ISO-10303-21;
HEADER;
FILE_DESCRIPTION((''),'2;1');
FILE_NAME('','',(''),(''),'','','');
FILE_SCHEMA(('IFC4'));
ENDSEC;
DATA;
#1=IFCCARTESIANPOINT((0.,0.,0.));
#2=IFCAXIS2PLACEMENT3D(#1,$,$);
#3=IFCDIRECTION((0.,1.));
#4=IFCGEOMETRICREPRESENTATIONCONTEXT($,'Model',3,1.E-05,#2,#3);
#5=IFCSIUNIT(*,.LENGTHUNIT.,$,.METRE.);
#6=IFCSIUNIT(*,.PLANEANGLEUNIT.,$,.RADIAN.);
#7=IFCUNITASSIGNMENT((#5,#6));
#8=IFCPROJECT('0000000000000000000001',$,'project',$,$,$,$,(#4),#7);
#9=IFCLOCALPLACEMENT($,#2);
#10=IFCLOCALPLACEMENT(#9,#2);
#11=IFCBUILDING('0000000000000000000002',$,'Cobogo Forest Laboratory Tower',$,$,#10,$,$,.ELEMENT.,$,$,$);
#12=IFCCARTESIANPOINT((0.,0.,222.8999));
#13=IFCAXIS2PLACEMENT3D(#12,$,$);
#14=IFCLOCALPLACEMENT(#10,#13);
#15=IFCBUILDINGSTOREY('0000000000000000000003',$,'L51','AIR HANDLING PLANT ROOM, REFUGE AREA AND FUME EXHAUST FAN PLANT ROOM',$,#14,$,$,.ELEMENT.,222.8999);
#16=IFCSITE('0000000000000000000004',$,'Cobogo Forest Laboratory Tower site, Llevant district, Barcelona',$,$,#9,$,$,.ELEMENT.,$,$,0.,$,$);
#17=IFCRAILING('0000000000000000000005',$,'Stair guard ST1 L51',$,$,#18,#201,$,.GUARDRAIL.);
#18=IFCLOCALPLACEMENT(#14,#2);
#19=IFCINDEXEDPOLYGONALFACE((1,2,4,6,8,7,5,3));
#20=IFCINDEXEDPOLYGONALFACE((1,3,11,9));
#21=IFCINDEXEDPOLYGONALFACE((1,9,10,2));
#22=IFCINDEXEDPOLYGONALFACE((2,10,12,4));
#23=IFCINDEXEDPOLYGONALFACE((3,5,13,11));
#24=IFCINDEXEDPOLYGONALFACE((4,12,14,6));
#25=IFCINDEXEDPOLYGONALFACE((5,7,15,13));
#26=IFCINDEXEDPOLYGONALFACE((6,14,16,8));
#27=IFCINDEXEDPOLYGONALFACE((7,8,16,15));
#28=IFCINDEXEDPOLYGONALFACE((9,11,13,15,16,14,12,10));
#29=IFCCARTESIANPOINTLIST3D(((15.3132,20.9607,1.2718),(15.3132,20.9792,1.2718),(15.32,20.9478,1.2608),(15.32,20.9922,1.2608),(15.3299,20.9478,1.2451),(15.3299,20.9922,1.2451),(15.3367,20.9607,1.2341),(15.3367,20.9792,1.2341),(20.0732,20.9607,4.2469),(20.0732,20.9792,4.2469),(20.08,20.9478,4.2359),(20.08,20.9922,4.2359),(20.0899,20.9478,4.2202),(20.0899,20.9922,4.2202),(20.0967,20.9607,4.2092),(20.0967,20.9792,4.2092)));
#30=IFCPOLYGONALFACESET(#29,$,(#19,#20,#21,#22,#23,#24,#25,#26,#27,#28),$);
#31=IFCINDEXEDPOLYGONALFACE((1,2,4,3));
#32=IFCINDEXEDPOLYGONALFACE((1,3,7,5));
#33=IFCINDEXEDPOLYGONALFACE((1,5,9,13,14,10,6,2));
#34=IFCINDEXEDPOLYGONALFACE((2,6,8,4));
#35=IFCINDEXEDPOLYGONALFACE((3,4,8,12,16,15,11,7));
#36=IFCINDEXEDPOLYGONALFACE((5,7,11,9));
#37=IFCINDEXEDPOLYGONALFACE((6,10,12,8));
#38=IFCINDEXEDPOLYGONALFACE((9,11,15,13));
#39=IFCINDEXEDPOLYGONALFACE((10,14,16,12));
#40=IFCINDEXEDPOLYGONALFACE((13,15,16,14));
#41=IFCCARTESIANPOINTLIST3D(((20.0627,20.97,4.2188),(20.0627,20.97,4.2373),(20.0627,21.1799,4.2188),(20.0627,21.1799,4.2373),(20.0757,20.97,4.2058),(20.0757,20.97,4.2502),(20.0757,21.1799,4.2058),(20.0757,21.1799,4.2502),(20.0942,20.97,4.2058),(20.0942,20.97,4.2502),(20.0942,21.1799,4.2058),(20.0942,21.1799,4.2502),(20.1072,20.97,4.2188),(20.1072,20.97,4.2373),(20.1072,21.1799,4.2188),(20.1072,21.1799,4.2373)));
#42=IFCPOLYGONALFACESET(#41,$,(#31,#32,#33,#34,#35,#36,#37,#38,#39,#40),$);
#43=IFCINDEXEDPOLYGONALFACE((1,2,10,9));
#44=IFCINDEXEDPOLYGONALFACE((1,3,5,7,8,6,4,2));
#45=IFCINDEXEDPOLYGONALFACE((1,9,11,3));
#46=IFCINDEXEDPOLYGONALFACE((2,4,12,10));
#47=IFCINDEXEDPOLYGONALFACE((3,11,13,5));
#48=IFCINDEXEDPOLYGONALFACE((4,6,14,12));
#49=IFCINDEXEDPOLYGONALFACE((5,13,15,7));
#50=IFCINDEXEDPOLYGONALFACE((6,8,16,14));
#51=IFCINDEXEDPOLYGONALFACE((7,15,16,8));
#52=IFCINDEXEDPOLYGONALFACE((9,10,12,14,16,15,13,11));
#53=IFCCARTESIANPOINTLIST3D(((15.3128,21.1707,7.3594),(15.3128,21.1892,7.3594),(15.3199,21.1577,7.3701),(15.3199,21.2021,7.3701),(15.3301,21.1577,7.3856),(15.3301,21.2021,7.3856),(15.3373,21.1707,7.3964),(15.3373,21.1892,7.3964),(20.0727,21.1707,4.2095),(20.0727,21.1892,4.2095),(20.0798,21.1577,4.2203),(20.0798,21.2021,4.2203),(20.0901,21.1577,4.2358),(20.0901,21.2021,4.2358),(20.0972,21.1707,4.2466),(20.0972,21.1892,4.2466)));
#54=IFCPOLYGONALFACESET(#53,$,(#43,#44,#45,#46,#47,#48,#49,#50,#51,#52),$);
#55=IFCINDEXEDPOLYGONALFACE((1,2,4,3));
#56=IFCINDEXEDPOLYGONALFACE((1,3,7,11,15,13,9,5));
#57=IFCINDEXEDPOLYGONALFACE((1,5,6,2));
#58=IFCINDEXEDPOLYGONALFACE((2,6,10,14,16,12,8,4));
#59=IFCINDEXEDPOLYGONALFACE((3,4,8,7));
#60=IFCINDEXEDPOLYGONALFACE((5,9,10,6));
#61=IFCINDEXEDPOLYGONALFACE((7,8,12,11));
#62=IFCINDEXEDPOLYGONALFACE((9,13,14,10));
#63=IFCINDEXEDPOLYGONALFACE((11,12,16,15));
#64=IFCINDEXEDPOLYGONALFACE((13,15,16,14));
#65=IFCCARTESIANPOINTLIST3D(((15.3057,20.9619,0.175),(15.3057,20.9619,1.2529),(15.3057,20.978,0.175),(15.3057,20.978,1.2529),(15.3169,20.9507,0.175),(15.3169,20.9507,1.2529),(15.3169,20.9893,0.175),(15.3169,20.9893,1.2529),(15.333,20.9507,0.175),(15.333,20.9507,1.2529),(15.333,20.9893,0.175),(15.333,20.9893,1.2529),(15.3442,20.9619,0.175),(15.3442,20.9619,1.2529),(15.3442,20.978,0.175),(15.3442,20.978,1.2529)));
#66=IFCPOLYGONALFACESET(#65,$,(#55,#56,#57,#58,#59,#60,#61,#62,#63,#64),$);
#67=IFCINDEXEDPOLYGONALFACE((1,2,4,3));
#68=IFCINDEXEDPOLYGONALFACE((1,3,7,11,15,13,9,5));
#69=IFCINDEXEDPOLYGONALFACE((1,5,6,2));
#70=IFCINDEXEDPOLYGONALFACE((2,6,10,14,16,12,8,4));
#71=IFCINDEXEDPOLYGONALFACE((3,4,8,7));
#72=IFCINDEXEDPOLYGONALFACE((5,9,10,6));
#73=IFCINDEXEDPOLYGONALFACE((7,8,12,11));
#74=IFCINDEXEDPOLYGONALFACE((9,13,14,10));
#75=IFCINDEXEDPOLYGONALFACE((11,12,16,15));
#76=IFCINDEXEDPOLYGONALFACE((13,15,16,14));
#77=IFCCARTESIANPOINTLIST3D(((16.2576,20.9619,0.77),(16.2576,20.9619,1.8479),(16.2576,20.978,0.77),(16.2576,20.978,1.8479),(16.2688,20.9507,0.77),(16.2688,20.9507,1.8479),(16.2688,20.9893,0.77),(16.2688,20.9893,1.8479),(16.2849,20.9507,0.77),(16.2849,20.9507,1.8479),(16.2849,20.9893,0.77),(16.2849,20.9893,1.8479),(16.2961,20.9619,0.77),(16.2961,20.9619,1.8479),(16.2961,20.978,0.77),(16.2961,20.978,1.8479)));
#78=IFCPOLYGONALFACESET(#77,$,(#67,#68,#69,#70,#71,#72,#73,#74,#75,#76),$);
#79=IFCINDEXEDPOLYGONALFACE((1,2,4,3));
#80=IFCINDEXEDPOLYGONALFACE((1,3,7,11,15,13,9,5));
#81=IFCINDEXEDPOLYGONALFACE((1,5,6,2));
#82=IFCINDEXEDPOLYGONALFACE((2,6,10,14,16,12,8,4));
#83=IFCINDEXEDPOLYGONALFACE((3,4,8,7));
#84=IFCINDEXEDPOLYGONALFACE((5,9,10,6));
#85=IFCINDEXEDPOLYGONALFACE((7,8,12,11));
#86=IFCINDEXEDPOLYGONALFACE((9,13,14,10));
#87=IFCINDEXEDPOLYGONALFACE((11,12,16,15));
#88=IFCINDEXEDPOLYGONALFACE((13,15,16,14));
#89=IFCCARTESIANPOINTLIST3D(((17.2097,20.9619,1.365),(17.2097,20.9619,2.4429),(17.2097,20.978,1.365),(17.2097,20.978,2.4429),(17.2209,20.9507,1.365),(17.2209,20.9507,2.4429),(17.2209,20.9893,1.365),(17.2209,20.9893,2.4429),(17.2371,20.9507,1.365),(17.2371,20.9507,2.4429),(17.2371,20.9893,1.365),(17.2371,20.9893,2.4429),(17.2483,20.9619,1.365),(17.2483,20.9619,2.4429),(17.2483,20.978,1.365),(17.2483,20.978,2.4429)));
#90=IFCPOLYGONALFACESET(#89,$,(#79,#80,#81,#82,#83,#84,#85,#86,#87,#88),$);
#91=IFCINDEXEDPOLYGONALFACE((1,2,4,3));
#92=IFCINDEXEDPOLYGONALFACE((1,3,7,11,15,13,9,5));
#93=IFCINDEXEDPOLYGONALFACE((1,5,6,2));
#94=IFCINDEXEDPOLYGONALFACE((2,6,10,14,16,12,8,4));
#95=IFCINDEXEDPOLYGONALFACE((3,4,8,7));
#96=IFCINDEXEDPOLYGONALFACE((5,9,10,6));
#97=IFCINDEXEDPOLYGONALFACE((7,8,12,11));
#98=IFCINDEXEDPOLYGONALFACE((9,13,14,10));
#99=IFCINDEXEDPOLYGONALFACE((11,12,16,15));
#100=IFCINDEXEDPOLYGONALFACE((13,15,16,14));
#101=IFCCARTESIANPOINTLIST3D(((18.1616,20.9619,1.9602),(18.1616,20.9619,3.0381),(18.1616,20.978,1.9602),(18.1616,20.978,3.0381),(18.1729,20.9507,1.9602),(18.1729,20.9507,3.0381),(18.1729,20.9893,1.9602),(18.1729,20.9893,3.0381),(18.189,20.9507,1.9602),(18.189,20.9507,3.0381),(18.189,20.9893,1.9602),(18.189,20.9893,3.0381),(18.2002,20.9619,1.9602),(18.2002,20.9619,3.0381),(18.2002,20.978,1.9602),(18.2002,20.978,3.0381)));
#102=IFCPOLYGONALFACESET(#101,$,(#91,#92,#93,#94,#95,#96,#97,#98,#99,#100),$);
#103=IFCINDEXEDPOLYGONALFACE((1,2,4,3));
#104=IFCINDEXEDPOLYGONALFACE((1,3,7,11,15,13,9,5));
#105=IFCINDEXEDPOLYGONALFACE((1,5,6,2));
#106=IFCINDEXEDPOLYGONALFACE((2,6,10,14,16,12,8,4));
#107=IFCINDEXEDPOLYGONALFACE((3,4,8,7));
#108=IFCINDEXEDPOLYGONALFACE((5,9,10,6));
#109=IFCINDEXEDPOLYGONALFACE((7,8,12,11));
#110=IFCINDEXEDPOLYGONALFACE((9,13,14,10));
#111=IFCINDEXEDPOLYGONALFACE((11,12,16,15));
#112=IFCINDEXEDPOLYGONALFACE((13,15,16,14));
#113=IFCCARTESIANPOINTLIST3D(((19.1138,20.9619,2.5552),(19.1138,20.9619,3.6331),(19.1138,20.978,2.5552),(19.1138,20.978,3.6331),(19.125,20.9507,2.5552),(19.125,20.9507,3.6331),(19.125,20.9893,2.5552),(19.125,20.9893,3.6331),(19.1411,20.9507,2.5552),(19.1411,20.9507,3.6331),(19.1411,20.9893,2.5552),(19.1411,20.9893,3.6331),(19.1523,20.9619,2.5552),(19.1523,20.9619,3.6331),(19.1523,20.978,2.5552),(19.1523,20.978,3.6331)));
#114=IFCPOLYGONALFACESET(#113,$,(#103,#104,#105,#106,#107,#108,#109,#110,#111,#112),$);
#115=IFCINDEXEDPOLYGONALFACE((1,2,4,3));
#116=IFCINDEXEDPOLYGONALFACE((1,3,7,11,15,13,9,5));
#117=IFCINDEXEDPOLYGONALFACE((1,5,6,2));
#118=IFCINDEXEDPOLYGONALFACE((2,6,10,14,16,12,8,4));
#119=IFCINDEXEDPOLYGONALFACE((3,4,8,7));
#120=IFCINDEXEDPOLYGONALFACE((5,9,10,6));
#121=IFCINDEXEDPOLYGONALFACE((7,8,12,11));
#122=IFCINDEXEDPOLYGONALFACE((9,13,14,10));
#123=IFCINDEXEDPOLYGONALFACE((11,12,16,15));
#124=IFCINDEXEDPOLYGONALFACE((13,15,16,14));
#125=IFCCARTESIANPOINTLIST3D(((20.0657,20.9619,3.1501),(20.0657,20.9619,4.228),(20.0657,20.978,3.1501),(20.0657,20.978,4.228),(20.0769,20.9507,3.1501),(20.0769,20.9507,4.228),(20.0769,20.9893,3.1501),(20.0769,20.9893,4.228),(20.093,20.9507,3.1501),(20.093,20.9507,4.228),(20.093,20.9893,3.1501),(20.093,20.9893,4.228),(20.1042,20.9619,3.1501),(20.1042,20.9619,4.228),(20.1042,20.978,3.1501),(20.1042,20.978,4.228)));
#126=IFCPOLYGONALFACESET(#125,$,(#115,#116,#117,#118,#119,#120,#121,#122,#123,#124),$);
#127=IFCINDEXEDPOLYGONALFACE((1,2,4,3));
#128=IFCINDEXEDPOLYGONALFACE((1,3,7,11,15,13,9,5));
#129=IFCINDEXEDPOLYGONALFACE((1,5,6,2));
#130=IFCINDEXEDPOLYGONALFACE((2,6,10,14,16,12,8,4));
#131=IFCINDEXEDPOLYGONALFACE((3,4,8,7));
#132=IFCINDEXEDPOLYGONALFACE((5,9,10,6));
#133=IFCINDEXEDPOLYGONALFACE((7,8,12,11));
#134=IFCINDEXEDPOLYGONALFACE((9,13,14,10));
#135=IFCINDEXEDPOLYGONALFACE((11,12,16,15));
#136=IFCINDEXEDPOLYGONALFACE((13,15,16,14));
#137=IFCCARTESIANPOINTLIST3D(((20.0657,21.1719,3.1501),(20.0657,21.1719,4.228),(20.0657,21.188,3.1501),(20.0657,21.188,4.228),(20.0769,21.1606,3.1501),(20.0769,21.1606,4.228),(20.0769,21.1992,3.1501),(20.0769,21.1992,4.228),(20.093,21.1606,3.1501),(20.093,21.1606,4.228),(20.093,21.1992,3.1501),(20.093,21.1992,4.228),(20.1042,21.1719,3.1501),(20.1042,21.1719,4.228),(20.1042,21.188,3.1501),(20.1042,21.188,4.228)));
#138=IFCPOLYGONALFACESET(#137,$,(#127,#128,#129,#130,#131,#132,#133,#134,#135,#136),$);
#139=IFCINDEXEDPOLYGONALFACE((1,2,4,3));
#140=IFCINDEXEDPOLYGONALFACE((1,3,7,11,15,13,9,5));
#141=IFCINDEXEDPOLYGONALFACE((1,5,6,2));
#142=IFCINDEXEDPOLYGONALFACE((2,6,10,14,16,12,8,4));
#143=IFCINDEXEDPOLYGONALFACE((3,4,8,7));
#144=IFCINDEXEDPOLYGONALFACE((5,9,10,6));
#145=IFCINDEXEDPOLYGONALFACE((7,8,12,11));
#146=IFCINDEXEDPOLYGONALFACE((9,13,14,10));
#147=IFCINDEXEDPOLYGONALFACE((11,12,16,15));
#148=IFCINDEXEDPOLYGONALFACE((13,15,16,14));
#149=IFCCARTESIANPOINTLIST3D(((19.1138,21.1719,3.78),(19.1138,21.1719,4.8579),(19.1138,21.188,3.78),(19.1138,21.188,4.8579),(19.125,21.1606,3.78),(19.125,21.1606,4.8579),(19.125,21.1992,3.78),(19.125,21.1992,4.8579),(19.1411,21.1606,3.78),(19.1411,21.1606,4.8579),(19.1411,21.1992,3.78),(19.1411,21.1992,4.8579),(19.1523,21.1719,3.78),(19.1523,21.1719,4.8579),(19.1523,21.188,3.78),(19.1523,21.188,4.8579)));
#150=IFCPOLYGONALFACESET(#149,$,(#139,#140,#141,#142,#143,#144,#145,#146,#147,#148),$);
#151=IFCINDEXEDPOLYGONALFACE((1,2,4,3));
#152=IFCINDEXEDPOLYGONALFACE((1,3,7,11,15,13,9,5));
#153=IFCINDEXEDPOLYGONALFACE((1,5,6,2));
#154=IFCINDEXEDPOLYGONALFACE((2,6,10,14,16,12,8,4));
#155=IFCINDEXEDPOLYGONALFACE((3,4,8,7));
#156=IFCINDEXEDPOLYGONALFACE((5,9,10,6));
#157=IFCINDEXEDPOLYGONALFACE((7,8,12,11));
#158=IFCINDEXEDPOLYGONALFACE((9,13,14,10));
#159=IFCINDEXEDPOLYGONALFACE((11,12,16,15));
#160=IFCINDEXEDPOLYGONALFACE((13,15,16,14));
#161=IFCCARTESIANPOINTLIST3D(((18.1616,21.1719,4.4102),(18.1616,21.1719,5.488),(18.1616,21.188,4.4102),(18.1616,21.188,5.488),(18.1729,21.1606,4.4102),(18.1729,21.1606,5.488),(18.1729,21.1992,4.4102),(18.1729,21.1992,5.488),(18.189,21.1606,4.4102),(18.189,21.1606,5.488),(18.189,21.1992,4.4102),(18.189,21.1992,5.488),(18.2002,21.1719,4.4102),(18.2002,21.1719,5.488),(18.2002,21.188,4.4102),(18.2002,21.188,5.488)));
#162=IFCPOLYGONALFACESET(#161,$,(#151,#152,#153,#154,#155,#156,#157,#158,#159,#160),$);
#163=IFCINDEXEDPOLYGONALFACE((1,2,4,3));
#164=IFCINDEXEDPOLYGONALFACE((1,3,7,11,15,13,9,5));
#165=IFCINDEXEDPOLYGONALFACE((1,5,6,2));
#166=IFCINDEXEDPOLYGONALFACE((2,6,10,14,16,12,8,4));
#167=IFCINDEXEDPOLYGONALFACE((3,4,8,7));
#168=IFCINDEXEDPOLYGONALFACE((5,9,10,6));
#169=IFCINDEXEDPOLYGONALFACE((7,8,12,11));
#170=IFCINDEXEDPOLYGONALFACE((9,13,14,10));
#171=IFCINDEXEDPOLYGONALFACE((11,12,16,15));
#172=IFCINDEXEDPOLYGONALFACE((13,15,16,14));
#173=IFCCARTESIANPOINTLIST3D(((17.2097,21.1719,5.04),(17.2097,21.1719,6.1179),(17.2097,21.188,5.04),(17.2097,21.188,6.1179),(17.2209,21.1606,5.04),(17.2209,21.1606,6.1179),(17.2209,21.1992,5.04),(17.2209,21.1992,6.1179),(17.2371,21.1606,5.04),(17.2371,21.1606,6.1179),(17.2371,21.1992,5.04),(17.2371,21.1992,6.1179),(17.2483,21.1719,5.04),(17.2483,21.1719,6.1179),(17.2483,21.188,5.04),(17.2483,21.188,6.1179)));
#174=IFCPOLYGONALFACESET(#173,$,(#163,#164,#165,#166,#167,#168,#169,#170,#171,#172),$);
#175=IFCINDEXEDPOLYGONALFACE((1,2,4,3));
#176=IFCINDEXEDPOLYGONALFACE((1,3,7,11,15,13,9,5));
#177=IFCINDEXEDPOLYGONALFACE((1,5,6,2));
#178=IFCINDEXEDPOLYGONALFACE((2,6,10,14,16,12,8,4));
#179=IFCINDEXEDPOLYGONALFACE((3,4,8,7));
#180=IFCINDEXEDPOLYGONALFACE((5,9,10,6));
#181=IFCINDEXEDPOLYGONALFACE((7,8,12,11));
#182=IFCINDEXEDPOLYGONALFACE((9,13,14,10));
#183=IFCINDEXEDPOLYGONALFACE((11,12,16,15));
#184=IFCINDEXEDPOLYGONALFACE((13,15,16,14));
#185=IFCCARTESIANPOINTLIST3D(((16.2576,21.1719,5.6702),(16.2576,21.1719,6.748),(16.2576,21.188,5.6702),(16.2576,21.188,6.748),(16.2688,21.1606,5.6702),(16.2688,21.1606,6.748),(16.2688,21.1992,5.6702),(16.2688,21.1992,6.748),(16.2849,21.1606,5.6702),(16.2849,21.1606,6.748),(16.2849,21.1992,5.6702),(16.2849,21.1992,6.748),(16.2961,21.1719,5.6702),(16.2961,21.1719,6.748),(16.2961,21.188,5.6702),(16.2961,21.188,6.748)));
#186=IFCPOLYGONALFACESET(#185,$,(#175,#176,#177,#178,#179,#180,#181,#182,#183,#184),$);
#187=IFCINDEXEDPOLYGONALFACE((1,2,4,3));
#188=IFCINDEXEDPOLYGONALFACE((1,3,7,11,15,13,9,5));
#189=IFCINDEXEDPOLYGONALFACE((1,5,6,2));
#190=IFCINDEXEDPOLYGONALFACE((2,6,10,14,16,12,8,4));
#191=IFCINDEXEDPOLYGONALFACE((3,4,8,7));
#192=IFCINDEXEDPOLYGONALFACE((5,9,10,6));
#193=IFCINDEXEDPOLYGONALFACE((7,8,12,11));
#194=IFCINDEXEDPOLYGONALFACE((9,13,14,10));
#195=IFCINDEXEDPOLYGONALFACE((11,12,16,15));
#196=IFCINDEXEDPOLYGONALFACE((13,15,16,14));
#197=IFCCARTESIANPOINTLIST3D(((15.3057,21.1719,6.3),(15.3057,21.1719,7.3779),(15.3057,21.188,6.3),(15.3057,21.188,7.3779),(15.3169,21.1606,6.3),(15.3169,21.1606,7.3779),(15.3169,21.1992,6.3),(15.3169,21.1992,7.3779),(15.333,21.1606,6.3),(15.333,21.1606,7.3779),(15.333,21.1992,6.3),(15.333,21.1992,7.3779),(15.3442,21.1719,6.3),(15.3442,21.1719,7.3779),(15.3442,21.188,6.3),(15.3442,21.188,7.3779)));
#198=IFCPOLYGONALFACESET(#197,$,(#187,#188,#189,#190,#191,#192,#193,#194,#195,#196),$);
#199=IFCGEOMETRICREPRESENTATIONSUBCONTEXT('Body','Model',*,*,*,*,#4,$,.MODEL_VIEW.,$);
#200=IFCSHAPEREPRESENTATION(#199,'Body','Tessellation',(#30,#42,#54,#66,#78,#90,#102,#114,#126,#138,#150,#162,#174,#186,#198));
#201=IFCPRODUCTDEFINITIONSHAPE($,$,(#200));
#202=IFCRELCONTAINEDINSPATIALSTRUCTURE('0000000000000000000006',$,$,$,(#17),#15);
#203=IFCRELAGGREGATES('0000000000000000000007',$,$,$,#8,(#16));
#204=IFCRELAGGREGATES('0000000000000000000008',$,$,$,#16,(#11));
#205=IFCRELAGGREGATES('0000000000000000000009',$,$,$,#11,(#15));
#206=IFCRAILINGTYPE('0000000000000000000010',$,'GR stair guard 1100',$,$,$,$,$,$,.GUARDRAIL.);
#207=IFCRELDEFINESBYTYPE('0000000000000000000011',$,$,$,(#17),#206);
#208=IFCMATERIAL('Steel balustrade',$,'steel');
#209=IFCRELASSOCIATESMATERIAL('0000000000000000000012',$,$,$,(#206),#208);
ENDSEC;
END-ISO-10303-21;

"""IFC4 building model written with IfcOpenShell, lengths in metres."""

from ifc_helpers import new_model, si_unit, direction, frame, origin, place, context, subcontext, project, spatial, polyline, outline, extrude, material, type_object, element, save


model = new_model("IFC4")

# Units and contexts
model_context = context("Model", 3, precision=1e-05, world=origin(), true_north=direction((0.0, 1.0)))
body_context = subcontext(model_context, "Body", "Model", "MODEL_VIEW")
ifc_project = project(units=[si_unit("LENGTHUNIT", "METRE"), si_unit("PLANEANGLEUNIT", "RADIAN")], contexts=[model_context])

# Site, building, storey
site_placement = place(None, origin())
site = spatial("IfcSite", under=ifc_project, at=site_placement, Name="Cobogo Forest Laboratory Tower site, Llevant district, Barcelona", CompositionType="ELEMENT", RefElevation=0.0)
building_placement = place(site_placement, origin())
building = spatial("IfcBuilding", under=site, at=building_placement, Name="Cobogo Forest Laboratory Tower", CompositionType="ELEMENT")
storey_placement = place(building_placement, frame((0.0, 0.0, 222.8999)))
storey = spatial("IfcBuildingStorey", under=building, at=storey_placement, Name="L51", Description="AIR HANDLING PLANT ROOM, REFUGE AREA AND FUME EXHAUST FAN PLANT ROOM", CompositionType="ELEMENT", Elevation=222.8999)

# Railing
ifc_material_1 = material(Name="Steel balustrade", Category="steel")
railing_type_1 = type_object("IfcRailingType", Name="GR stair guard 1100", PredefinedType="GUARDRAIL", material=ifc_material_1)
railing_1_placement = place(storey_placement, frame((15.325, 20.97, 0.175)))
element("IfcRailing", 1, at=railing_1_placement, inside=storey, type_object=railing_type_1, Name="Stair guard ST1 L51", PredefinedType="GUARDRAIL", context=body_context, shape_type="SweptSolid", body=[
    extrude(outline(polyline([(0.0222, 0.0093), (0.0093, 0.0222), (-0.0093, 0.0222), (-0.0222, 0.0093), (-0.0222, -0.0093), (-0.0093, -0.0222), (0.0093, -0.0222), (0.0222, -0.0093), (0.0222, 0.0093)])), frame((0.0, 0.0, 1.0779), z_axis=(0.847991, 0.0, 0.530011), x_axis=(0.0, 1.0, 0.0)), (0.0, 0.0, 1.0), 5.6133),
    extrude(outline(polyline([(0.0222, 0.0093), (0.0093, 0.0222), (-0.0093, 0.0222), (-0.0222, 0.0093), (-0.0222, -0.0093), (-0.0093, -0.0222), (0.0093, -0.0222), (0.0222, -0.0093), (0.0222, 0.0093)])), frame((4.76, 0.0, 4.053), z_axis=(0.0, 1.0, 0.0), x_axis=(-1.0, 0.0, 0.0)), (0.0, 0.0, 1.0), 0.21),
    extrude(outline(polyline([(0.0222, 0.0093), (0.0093, 0.0222), (-0.0093, 0.0222), (-0.0222, 0.0093), (-0.0222, -0.0093), (-0.0093, -0.0222), (0.0093, -0.0222), (0.0222, -0.0093), (0.0222, 0.0093)])), frame((4.76, 0.21, 4.053), z_axis=(-0.833941, 0.0, 0.551854), x_axis=(0.0, -1.0, 0.0)), (0.0, 0.0, 1.0), 5.7078),
    extrude(outline(polyline([(0.0193, 0.0081), (0.0081, 0.0193), (-0.0081, 0.0193), (-0.0193, 0.0081), (-0.0193, -0.0081), (-0.0081, -0.0193), (0.0081, -0.0193), (0.0193, -0.0081), (0.0193, 0.0081)])), origin(), (0.0, 0.0, 1.0), 1.0779),
    extrude(outline(polyline([(0.0193, 0.0081), (0.0081, 0.0193), (-0.0081, 0.0193), (-0.0193, 0.0081), (-0.0193, -0.0081), (-0.0081, -0.0193), (0.0081, -0.0193), (0.0193, -0.0081), (0.0193, 0.0081)])), frame((0.9519, 0.0, 0.595)), (0.0, 0.0, 1.0), 1.0779),
    extrude(outline(polyline([(0.0193, 0.0081), (0.0081, 0.0193), (-0.0081, 0.0193), (-0.0193, 0.0081), (-0.0193, -0.0081), (-0.0081, -0.0193), (0.0081, -0.0193), (0.0193, -0.0081), (0.0193, 0.0081)])), frame((1.9041, 0.0, 1.1899)), (0.0, 0.0, 1.0), 1.0779),
    extrude(outline(polyline([(0.0193, 0.0081), (0.0081, 0.0193), (-0.0081, 0.0193), (-0.0193, 0.0081), (-0.0193, -0.0081), (-0.0081, -0.0193), (0.0081, -0.0193), (0.0193, -0.0081), (0.0193, 0.0081)])), frame((2.856, 0.0, 1.7852)), (0.0, 0.0, 1.0), 1.0779),
    extrude(outline(polyline([(0.0193, 0.0081), (0.0081, 0.0193), (-0.0081, 0.0193), (-0.0193, 0.0081), (-0.0193, -0.0081), (-0.0081, -0.0193), (0.0081, -0.0193), (0.0193, -0.0081), (0.0193, 0.0081)])), frame((3.8081, 0.0, 2.3801)), (0.0, 0.0, 1.0), 1.0779),
    extrude(outline(polyline([(0.0193, 0.0081), (0.0081, 0.0193), (-0.0081, 0.0193), (-0.0193, 0.0081), (-0.0193, -0.0081), (-0.0081, -0.0193), (0.0081, -0.0193), (0.0193, -0.0081), (0.0193, 0.0081)])), frame((4.76, 0.0, 2.9751)), (0.0, 0.0, 1.0), 1.0779),
    extrude(outline(polyline([(0.0193, 0.0081), (0.0081, 0.0193), (-0.0081, 0.0193), (-0.0193, 0.0081), (-0.0193, -0.0081), (-0.0081, -0.0193), (0.0081, -0.0193), (0.0193, -0.0081), (0.0193, 0.0081)])), frame((4.76, 0.21, 2.9751)), (0.0, 0.0, 1.0), 1.0779),
    extrude(outline(polyline([(0.0193, 0.0081), (0.0081, 0.0193), (-0.0081, 0.0193), (-0.0193, 0.0081), (-0.0193, -0.0081), (-0.0081, -0.0193), (0.0081, -0.0193), (0.0193, -0.0081), (0.0193, 0.0081)])), frame((3.8081, 0.21, 3.605)), (0.0, 0.0, 1.0), 1.0779),
    extrude(outline(polyline([(0.0193, 0.0081), (0.0081, 0.0193), (-0.0081, 0.0193), (-0.0193, 0.0081), (-0.0193, -0.0081), (-0.0081, -0.0193), (0.0081, -0.0193), (0.0193, -0.0081), (0.0193, 0.0081)])), frame((2.856, 0.21, 4.2351)), (0.0, 0.0, 1.0), 1.0779),
    extrude(outline(polyline([(0.0193, 0.0081), (0.0081, 0.0193), (-0.0081, 0.0193), (-0.0193, 0.0081), (-0.0193, -0.0081), (-0.0081, -0.0193), (0.0081, -0.0193), (0.0193, -0.0081), (0.0193, 0.0081)])), frame((1.9041, 0.21, 4.865)), (0.0, 0.0, 1.0), 1.0779),
    extrude(outline(polyline([(0.0193, 0.0081), (0.0081, 0.0193), (-0.0081, 0.0193), (-0.0193, 0.0081), (-0.0193, -0.0081), (-0.0081, -0.0193), (0.0081, -0.0193), (0.0193, -0.0081), (0.0193, 0.0081)])), frame((0.9519, 0.21, 5.4951)), (0.0, 0.0, 1.0), 1.0779),
    extrude(outline(polyline([(0.0193, 0.0081), (0.0081, 0.0193), (-0.0081, 0.0193), (-0.0193, 0.0081), (-0.0193, -0.0081), (-0.0081, -0.0193), (0.0081, -0.0193), (0.0193, -0.0081), (0.0193, 0.0081)])), frame((0.0, 0.21, 6.125)), (0.0, 0.0, 1.0), 1.0779),
])

save(model, "model.ifc")
